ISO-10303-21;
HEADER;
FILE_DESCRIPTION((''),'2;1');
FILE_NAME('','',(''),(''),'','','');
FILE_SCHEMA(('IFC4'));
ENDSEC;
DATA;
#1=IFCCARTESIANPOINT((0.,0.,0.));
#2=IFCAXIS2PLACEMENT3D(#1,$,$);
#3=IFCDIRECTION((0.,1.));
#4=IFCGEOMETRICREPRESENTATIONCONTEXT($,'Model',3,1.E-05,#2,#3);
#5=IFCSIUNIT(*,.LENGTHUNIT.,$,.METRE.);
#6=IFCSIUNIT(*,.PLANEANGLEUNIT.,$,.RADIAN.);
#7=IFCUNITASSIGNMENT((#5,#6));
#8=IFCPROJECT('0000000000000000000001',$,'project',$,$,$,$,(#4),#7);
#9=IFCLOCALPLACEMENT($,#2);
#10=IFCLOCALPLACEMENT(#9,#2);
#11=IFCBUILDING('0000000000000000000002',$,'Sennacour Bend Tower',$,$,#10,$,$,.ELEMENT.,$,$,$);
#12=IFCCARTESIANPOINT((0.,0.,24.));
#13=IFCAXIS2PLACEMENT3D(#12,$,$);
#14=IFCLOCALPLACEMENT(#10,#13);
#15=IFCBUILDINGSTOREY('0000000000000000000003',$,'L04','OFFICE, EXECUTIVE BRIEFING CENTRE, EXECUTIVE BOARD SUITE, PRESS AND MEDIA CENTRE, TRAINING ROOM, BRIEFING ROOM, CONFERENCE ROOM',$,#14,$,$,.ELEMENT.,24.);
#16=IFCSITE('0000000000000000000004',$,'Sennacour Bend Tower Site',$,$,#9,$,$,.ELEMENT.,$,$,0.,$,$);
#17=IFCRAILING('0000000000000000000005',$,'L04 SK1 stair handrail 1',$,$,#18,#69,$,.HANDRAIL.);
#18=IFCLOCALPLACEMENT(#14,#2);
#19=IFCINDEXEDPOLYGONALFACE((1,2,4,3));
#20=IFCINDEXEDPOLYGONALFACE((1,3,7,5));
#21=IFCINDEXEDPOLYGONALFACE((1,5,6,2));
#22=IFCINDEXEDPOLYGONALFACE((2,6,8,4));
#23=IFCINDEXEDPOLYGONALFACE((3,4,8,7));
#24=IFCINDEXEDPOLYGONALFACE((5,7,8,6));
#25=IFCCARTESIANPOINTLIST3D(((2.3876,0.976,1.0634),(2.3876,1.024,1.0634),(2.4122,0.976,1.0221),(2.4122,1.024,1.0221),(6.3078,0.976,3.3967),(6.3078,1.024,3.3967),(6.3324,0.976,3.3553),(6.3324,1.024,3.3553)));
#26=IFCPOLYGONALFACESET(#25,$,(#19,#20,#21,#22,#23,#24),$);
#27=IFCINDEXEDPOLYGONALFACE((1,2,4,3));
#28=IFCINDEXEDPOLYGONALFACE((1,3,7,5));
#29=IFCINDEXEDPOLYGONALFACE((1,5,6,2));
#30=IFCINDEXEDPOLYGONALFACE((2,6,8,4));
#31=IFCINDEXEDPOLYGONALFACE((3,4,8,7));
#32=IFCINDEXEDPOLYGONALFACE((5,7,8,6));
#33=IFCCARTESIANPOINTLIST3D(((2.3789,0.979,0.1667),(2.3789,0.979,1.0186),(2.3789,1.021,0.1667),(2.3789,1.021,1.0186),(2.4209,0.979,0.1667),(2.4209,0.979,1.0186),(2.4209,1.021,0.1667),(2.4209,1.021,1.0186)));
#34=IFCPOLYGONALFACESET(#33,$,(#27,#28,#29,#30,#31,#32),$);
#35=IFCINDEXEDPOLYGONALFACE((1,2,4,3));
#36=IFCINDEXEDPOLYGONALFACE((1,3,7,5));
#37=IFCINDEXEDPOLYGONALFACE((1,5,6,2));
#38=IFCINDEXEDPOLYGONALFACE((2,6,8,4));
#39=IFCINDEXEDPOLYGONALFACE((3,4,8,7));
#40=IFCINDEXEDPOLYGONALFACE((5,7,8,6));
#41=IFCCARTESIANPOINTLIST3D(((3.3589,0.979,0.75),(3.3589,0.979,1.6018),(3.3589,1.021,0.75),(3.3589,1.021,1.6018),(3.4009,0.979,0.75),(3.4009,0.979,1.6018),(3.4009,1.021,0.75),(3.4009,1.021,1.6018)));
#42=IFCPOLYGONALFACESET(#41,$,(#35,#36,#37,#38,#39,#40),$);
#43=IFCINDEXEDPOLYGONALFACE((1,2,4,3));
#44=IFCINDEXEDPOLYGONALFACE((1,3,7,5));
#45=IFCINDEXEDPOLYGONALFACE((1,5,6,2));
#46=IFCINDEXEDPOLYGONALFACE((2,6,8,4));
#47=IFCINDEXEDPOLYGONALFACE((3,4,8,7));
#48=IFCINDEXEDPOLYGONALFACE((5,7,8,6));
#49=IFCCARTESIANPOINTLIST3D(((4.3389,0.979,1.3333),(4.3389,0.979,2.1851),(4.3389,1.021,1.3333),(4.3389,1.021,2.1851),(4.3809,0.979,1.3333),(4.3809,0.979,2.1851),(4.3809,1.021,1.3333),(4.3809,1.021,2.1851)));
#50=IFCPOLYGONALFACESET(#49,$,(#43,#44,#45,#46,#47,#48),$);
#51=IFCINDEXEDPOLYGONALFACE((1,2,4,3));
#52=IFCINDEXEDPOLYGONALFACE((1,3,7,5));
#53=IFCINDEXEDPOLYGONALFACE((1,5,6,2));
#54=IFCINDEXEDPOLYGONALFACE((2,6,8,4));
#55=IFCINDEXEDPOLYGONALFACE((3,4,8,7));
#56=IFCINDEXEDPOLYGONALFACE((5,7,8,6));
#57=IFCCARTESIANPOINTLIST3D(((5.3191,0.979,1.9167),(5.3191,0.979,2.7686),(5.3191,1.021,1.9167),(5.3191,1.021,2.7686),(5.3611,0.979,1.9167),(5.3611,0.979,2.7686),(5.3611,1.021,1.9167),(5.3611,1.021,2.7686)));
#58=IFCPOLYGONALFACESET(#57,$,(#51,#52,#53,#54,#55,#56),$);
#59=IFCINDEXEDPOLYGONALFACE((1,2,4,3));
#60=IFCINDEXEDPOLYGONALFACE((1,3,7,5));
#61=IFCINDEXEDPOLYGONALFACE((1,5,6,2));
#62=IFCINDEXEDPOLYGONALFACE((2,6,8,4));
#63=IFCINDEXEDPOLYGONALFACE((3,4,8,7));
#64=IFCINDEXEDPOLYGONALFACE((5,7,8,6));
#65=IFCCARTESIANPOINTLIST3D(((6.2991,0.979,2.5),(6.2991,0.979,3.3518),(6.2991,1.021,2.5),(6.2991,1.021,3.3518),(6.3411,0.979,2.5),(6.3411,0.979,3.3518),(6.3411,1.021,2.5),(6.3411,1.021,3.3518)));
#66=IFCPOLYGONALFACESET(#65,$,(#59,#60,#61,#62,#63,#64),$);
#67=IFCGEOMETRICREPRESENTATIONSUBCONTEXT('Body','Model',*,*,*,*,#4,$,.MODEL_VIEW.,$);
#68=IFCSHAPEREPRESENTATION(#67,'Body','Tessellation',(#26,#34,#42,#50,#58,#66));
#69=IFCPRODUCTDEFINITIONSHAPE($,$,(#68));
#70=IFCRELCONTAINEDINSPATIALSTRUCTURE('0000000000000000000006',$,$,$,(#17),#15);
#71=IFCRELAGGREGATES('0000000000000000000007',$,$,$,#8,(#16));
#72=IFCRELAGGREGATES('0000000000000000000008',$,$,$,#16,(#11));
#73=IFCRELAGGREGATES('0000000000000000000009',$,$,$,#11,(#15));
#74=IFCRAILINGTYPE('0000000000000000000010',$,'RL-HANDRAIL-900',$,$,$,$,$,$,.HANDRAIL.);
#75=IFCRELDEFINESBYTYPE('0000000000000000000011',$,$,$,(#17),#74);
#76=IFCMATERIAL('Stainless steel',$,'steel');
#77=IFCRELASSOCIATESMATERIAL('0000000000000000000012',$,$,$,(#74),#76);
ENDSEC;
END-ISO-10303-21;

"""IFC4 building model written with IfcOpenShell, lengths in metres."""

from ifc_helpers import new_model, si_unit, direction, frame, origin, origin_2d, place, context, subcontext, project, spatial, rectangle, extrude, material, type_object, element, save


model = new_model("IFC4")

# Units and contexts
model_context = context("Model", 3, precision=1e-05, world=origin(), true_north=direction((0.0, 1.0)))
body_context = subcontext(model_context, "Body", "Model", "MODEL_VIEW")
ifc_project = project(units=[si_unit("LENGTHUNIT", "METRE"), si_unit("PLANEANGLEUNIT", "RADIAN")], contexts=[model_context])

# Site, building, storey
site_placement = place(None, origin())
site = spatial("IfcSite", under=ifc_project, at=site_placement, Name="Sennacour Bend Tower Site", CompositionType="ELEMENT", RefElevation=0.0)
building_placement = place(site_placement, origin())
building = spatial("IfcBuilding", under=site, at=building_placement, Name="Sennacour Bend Tower", CompositionType="ELEMENT")
storey_placement = place(building_placement, frame((0.0, 0.0, 24.0)))
storey = spatial("IfcBuildingStorey", under=building, at=storey_placement, Name="L04", Description="OFFICE, EXECUTIVE BRIEFING CENTRE, EXECUTIVE BOARD SUITE, PRESS AND MEDIA CENTRE, TRAINING ROOM, BRIEFING ROOM, CONFERENCE ROOM", CompositionType="ELEMENT", Elevation=24.0)

# Railing
ifc_material_1 = material(Name="Stainless steel", Category="steel")
railing_type_1 = type_object("IfcRailingType", Name="RL-HANDRAIL-900", PredefinedType="HANDRAIL", material=ifc_material_1)
railing_1_placement = place(storey_placement, frame((2.3999, 1.0, 0.1667)))
element("IfcRailing", 1, at=railing_1_placement, inside=storey, type_object=railing_type_1, Name="L04 SK1 stair handrail 1", PredefinedType="HANDRAIL", context=body_context, shape_type="SweptSolid", body=[
    extrude(rectangle(XDim=0.0481, YDim=0.0481, at=origin_2d()), frame((0.0, 0.0, 0.876), z_axis=(0.85931, 0.0, 0.511455), x_axis=(0.0, 1.0, 0.0)), (0.0, 0.0, 1.0), 4.562),
    extrude(rectangle(XDim=0.042, YDim=0.042, at=origin_2d()), origin(), (0.0, 0.0, 1.0), 0.8518),
    extrude(rectangle(XDim=0.042, YDim=0.042, at=origin_2d()), frame((0.98, 0.0, 0.5833)), (0.0, 0.0, 1.0), 0.8518),
    extrude(rectangle(XDim=0.042, YDim=0.042, at=origin_2d()), frame((1.96, 0.0, 1.1665)), (0.0, 0.0, 1.0), 0.8518),
    extrude(rectangle(XDim=0.042, YDim=0.042, at=origin_2d()), frame((2.9402, 0.0, 1.75)), (0.0, 0.0, 1.0), 0.8518),
    extrude(rectangle(XDim=0.042, YDim=0.042, at=origin_2d()), frame((3.9202, 0.0, 2.3333)), (0.0, 0.0, 1.0), 0.8518),
])

save(model, "model.ifc")
